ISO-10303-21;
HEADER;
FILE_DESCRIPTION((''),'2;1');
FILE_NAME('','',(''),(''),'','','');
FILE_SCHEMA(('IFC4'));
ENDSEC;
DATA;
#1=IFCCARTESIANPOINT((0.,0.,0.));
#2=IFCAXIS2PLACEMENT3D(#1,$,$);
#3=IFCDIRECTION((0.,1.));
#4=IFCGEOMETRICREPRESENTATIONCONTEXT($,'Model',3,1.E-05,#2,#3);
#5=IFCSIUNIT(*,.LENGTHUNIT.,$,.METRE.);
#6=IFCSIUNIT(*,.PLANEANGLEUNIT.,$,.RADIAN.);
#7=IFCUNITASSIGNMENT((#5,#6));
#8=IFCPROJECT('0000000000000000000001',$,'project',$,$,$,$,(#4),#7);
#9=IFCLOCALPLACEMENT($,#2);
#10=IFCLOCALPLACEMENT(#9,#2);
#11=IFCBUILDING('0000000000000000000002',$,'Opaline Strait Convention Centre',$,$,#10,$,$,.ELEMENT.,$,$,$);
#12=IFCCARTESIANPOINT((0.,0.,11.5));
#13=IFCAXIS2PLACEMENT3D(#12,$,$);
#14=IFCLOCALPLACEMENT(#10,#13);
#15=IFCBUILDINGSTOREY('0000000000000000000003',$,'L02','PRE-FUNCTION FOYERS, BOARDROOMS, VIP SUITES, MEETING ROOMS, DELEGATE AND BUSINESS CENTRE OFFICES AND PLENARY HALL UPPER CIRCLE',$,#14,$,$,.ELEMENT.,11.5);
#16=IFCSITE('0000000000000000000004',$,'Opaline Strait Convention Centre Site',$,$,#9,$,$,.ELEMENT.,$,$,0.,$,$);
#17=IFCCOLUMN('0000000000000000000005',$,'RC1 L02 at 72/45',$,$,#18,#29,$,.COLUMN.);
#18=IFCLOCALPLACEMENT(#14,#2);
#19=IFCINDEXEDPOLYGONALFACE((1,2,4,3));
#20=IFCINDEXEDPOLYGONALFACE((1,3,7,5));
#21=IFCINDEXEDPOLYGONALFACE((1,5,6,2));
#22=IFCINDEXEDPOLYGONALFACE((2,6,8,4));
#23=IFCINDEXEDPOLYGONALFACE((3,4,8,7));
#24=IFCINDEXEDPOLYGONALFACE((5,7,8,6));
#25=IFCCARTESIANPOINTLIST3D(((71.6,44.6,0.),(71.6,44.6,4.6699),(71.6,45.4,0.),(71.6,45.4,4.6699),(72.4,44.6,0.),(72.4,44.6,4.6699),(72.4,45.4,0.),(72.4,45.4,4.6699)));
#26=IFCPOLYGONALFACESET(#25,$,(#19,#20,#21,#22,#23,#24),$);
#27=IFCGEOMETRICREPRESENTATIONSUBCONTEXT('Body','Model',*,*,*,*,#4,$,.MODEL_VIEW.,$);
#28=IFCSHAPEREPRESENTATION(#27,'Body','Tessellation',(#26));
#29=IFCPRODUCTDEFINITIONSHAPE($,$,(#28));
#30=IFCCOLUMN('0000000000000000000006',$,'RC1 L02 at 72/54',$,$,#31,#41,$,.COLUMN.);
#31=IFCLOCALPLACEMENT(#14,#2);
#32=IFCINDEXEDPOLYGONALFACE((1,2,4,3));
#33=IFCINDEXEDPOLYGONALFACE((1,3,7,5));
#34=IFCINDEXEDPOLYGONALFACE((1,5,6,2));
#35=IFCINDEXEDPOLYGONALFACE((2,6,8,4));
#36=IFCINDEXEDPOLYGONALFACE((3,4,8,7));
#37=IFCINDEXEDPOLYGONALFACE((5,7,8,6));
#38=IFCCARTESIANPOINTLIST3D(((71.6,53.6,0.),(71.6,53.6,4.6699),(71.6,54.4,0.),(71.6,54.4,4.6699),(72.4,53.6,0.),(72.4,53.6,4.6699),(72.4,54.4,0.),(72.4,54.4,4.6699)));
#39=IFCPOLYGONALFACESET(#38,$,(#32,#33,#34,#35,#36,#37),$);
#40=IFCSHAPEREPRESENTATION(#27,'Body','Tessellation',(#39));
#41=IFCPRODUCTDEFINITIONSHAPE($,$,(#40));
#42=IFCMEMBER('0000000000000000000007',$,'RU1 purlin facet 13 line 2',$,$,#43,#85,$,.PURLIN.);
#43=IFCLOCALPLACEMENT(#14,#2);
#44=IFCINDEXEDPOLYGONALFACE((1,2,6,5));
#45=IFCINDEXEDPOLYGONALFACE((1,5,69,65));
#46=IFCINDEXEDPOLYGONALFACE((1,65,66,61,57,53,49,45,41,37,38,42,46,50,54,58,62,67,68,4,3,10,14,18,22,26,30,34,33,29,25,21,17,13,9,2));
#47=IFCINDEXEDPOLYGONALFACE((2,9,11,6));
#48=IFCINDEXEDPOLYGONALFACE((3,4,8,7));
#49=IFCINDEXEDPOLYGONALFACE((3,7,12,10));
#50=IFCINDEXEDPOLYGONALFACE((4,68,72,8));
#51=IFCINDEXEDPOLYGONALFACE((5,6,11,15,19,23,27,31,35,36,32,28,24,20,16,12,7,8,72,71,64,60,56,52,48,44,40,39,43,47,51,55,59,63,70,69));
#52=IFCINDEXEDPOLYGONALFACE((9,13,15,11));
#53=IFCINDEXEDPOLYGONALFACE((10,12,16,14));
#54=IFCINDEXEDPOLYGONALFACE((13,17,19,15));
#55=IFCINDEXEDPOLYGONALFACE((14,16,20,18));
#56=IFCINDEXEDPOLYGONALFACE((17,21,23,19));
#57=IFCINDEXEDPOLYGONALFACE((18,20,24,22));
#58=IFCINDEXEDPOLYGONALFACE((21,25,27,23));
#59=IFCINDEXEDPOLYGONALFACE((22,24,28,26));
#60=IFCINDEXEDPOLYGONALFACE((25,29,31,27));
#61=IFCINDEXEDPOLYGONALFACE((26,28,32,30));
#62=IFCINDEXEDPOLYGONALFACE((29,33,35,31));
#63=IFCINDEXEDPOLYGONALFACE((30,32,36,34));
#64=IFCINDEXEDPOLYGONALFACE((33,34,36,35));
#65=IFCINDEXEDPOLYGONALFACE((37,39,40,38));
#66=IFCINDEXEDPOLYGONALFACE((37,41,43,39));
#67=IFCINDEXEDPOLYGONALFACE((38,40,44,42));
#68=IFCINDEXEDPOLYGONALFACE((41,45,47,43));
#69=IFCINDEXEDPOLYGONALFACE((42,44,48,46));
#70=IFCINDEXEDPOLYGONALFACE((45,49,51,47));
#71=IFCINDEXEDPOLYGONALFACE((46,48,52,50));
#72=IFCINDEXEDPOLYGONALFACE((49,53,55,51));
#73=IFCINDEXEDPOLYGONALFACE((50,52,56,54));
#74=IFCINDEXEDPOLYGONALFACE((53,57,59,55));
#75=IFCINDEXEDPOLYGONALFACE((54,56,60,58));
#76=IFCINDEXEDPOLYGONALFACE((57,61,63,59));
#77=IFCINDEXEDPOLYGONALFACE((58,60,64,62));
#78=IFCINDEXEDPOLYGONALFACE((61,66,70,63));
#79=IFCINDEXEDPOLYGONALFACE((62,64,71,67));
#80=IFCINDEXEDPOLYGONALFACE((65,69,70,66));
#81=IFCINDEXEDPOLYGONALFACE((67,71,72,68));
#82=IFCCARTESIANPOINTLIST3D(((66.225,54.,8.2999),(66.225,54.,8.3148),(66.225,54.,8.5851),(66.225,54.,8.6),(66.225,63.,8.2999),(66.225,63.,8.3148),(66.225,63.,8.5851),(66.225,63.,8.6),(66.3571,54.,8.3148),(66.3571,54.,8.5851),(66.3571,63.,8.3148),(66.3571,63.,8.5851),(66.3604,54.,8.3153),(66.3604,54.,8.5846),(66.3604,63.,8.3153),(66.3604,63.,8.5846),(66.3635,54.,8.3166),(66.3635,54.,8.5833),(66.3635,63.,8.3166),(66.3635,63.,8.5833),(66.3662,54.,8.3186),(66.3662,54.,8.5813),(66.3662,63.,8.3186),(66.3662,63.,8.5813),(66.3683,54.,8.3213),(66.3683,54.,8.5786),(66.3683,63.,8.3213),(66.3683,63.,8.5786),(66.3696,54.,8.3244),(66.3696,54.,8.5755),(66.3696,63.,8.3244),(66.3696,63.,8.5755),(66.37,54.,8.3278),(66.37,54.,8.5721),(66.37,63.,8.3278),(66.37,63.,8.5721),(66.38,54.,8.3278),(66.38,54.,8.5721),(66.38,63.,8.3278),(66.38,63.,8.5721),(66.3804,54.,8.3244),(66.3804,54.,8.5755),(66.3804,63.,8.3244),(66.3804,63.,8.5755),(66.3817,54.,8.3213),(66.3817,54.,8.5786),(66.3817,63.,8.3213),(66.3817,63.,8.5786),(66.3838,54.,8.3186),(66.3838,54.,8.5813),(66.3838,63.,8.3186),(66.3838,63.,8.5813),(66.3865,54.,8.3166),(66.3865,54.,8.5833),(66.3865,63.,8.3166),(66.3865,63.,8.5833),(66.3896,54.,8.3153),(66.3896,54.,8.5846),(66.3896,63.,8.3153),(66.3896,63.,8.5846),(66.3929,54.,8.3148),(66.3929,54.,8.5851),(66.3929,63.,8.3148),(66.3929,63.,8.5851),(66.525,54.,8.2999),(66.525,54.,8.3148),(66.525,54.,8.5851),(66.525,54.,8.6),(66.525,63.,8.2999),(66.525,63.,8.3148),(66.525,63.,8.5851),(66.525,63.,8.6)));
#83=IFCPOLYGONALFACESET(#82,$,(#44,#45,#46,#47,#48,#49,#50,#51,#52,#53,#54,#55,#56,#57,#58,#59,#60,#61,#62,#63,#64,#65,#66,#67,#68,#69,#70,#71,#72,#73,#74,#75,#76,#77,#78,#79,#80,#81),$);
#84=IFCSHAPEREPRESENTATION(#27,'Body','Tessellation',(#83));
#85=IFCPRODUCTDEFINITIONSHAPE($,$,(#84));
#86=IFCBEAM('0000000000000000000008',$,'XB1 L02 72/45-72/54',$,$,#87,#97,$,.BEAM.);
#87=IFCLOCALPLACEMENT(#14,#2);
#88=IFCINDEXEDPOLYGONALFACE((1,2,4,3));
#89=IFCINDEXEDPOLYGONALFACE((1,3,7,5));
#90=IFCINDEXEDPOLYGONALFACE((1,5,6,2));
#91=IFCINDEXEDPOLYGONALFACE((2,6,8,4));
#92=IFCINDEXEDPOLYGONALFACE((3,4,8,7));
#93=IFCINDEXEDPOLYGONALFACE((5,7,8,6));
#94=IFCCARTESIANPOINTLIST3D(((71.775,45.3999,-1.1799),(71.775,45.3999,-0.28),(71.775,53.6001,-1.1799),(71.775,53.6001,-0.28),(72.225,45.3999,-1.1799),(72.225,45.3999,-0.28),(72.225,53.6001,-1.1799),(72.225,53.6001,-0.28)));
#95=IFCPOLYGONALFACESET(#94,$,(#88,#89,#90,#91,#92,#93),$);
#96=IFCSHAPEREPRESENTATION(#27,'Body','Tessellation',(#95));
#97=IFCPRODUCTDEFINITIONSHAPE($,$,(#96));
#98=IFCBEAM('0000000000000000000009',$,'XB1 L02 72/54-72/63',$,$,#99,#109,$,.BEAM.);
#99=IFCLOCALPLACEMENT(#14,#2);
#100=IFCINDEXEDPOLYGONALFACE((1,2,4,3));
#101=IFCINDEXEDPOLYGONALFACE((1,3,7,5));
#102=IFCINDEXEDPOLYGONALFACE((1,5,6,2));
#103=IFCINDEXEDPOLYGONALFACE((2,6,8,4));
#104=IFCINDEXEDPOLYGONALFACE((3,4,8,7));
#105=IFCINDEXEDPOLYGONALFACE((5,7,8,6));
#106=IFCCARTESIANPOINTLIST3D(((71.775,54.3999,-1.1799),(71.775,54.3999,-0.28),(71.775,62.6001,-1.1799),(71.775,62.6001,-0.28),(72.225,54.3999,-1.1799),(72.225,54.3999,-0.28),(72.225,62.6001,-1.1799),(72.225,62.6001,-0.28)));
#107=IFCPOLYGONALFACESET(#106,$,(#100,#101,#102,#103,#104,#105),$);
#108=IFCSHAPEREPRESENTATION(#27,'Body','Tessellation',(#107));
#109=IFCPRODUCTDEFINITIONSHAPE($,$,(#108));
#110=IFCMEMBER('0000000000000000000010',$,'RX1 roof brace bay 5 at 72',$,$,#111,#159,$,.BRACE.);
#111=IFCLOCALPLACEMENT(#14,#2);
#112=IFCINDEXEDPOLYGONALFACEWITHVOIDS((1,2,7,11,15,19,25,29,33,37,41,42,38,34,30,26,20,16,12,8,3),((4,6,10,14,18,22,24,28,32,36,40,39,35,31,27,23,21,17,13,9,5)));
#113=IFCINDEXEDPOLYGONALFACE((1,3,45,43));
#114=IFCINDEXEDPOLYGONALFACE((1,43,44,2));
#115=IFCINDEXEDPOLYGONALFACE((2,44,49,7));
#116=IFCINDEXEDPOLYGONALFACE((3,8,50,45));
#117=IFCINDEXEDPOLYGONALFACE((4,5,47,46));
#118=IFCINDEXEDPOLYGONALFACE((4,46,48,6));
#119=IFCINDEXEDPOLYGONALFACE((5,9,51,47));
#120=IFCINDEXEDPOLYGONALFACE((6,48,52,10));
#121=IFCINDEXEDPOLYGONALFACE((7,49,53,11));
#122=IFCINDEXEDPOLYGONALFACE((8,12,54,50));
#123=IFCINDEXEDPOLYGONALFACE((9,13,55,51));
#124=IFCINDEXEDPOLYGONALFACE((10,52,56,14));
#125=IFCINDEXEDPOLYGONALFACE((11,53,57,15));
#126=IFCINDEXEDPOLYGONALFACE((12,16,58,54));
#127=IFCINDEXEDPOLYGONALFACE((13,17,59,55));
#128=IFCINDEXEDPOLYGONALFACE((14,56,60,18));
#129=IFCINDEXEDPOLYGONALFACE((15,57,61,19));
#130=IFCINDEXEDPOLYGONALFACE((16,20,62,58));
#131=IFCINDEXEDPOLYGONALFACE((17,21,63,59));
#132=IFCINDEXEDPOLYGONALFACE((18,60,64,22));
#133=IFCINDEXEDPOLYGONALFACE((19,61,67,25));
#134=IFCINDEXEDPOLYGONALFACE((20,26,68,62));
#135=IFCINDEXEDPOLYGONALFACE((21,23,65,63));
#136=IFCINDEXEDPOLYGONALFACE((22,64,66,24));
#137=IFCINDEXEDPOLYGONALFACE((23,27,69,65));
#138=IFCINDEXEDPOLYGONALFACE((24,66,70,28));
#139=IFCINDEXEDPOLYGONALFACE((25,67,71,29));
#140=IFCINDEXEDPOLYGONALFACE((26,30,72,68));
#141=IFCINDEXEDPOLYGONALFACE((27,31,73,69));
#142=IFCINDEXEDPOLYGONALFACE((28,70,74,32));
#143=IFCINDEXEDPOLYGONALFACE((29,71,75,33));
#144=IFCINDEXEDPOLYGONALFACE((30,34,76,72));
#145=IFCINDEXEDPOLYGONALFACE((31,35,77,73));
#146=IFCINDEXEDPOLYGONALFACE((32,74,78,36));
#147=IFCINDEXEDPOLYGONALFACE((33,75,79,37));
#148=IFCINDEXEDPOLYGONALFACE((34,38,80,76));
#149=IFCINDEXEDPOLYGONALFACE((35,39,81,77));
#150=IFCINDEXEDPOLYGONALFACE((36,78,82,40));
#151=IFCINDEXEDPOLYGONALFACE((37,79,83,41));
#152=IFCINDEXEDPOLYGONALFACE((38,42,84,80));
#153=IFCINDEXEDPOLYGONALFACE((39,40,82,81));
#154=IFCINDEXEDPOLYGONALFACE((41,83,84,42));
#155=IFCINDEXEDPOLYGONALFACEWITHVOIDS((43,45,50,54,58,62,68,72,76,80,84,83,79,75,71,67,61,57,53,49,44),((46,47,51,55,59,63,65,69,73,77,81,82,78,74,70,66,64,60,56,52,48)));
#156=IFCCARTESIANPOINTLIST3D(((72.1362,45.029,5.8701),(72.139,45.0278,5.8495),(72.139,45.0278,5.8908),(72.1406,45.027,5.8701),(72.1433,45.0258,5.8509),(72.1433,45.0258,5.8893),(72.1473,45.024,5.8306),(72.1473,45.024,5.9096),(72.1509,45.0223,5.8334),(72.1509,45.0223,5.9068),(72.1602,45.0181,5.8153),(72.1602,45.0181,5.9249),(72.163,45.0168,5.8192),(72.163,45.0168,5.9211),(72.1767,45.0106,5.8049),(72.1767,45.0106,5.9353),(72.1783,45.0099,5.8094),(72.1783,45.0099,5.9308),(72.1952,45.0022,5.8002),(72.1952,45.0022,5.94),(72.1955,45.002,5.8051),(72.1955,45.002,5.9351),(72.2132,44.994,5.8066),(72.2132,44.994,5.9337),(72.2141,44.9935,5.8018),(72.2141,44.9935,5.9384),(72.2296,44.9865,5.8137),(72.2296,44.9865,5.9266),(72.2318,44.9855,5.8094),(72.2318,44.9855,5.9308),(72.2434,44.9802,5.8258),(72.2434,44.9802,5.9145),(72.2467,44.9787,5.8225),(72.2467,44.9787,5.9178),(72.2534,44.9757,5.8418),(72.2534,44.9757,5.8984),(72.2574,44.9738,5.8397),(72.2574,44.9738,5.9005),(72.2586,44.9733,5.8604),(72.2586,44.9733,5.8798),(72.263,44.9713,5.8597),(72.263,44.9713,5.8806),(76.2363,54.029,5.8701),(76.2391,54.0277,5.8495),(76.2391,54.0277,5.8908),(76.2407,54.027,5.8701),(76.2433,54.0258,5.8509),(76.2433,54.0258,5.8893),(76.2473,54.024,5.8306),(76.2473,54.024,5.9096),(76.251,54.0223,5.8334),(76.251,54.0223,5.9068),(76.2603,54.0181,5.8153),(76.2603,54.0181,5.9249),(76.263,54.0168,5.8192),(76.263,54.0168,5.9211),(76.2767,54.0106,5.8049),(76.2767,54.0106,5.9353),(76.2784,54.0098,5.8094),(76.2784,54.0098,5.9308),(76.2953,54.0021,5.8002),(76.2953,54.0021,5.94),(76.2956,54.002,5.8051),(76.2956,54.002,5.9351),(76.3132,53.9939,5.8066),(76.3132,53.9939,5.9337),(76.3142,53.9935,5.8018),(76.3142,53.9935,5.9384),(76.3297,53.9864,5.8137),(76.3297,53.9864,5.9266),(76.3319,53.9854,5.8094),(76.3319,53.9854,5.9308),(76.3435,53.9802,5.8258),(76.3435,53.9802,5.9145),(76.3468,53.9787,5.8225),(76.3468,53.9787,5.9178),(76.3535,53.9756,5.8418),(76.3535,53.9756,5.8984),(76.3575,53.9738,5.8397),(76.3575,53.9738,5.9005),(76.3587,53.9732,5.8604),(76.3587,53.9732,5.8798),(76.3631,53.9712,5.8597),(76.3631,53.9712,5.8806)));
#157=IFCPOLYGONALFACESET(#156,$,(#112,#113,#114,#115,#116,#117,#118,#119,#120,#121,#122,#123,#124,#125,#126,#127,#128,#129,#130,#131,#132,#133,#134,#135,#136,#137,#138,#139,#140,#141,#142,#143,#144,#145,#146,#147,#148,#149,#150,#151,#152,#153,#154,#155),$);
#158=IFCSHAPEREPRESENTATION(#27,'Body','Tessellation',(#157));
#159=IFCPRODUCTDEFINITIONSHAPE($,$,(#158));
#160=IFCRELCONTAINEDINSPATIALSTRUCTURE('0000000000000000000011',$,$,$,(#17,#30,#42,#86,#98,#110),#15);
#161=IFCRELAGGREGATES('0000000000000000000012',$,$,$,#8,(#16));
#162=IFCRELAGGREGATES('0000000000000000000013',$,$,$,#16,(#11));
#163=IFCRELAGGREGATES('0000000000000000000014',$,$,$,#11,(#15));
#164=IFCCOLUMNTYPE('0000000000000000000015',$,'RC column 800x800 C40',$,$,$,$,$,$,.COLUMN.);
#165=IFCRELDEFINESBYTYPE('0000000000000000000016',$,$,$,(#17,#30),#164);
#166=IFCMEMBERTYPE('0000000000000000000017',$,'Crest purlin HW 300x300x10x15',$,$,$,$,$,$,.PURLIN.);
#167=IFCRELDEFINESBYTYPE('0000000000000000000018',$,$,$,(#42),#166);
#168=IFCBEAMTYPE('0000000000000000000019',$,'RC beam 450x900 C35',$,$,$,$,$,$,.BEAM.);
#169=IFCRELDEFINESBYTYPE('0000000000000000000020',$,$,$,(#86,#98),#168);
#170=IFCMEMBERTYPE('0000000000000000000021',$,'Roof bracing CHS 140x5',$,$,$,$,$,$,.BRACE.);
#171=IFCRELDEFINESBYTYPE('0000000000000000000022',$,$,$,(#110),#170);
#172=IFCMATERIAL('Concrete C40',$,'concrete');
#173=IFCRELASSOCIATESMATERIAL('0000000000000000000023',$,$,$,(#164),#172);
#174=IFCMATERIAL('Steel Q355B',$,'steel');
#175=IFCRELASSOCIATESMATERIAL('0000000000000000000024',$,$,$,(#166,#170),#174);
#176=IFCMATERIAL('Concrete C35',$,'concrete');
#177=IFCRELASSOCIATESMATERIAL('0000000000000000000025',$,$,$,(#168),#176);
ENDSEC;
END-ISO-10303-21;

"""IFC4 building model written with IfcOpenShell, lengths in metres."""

from ifc_helpers import new_model, si_unit, direction, frame, origin, origin_2d, place, context, subcontext, project, spatial, rectangle, hollow_circle, i_section, extrude, material, material_profile, profile_set, type_object, element, save


model = new_model("IFC4")

# Units and contexts
model_context = context("Model", 3, precision=1e-05, world=origin(), true_north=direction((0.0, 1.0)))
body_context = subcontext(model_context, "Body", "Model", "MODEL_VIEW")
ifc_project = project(units=[si_unit("LENGTHUNIT", "METRE"), si_unit("PLANEANGLEUNIT", "RADIAN")], contexts=[model_context])

# Site, building, storey
site_placement = place(None, origin())
site = spatial("IfcSite", under=ifc_project, at=site_placement, Name="Opaline Strait Convention Centre Site", CompositionType="ELEMENT", RefElevation=0.0)
building_placement = place(site_placement, origin())
building = spatial("IfcBuilding", under=site, at=building_placement, Name="Opaline Strait Convention Centre", CompositionType="ELEMENT")
storey_placement = place(building_placement, frame((0.0, 0.0, 11.5)))
storey = spatial("IfcBuildingStorey", under=building, at=storey_placement, Name="L02", Description="PRE-FUNCTION FOYERS, BOARDROOMS, VIP SUITES, MEETING ROOMS, DELEGATE AND BUSINESS CENTRE OFFICES AND PLENARY HALL UPPER CIRCLE", CompositionType="ELEMENT", Elevation=11.5)

# Columns
ifc_material_1 = material(Name="Concrete C40", Category="concrete")
ifc_material_profile_1 = material_profile(ifc_material_1, rectangle(XDim=0.8, YDim=0.8, at=origin_2d()), Name="RC 800x800")
ifc_profile_set_1 = profile_set([ifc_material_profile_1], Name="Concrete C40")
column_type = type_object("IfcColumnType", Name="RC column 800x800 C40", PredefinedType="COLUMN", material=ifc_profile_set_1)
for number, where, z_axis, x_axis, name in (
    (1, (72.0, 45.0, 0.0), (0.0, 0.0, 1.0), (1.0, 0.0, 0.0), "RC1 L02 at 72/45"),
    (2, (72.0, 54.0, 0.0), (0.0, 0.0, 1.0), (1.0, 0.0, 0.0), "RC1 L02 at 72/54"),
):
    element("IfcColumn", number, at=place(storey_placement, frame(where, z_axis=z_axis, x_axis=x_axis)), inside=storey, type_object=column_type, Name=name, PredefinedType="COLUMN", context=body_context, shape_type="SweptSolid", body=[
        extrude(rectangle(XDim=0.8, YDim=0.8, at=origin_2d()), origin(), (0.0, 0.0, 1.0), 4.6699),
    ])

# Member
ifc_material_2 = material(Name="Steel Q355B", Category="steel")
ifc_material_profile_2 = material_profile(ifc_material_2, i_section(OverallWidth=0.3, OverallDepth=0.3, WebThickness=0.01, FlangeThickness=0.0149, FilletRadius=0.0129, at=origin_2d()), Name="HW 300x300x10x15")
ifc_profile_set_2 = profile_set([ifc_material_profile_2], Name="Steel Q355B")
member_type_1 = type_object("IfcMemberType", Name="Crest purlin HW 300x300x10x15", PredefinedType="PURLIN", material=ifc_profile_set_2)
member_1_placement = place(storey_placement, frame((66.375, 54.0, 8.45), z_axis=(0.0, 1.0, 0.0), x_axis=(-1.0, 0.0, 0.0)))
element("IfcMember", 3, at=member_1_placement, inside=storey, type_object=member_type_1, Name="RU1 purlin facet 13 line 2", PredefinedType="PURLIN", context=body_context, shape_type="SweptSolid", body=[
    extrude(i_section(OverallWidth=0.3, OverallDepth=0.3, WebThickness=0.01, FlangeThickness=0.0149, FilletRadius=0.0129, at=origin_2d()), origin(), (0.0, 0.0, 1.0), 9.0),
])

# Beams
ifc_material_3 = material(Name="Concrete C35", Category="concrete")
ifc_material_profile_3 = material_profile(ifc_material_3, rectangle(XDim=0.45, YDim=0.8999, at=origin_2d()), Name="RC 450x900")
ifc_profile_set_3 = profile_set([ifc_material_profile_3], Name="Concrete C35")
beam_type = type_object("IfcBeamType", Name="RC beam 450x900 C35", PredefinedType="BEAM", material=ifc_profile_set_3)
for number, where, z_axis, x_axis, name in (
    (4, (72.0, 45.3999, -0.73), (0.0, 1.0, 0.0), (-1.0, 0.0, 0.0), "XB1 L02 72/45-72/54"),
    (5, (72.0, 54.3999, -0.73), (0.0, 1.0, 0.0), (-1.0, 0.0, 0.0), "XB1 L02 72/54-72/63"),
):
    element("IfcBeam", number, at=place(storey_placement, frame(where, z_axis=z_axis, x_axis=x_axis)), inside=storey, type_object=beam_type, Name=name, PredefinedType="BEAM", context=body_context, shape_type="SweptSolid", body=[
        extrude(rectangle(XDim=0.45, YDim=0.8999, at=origin_2d()), origin(), (0.0, 0.0, 1.0), 8.2002),
    ])

# Member
ifc_material_profile_4 = material_profile(ifc_material_2, hollow_circle(Radius=0.0701, WallThickness=0.0049, at=origin_2d()), Name="CHS 140x5")
ifc_profile_set_4 = profile_set([ifc_material_profile_4], Name="Steel Q355B")
member_type_2 = type_object("IfcMemberType", Name="Roof bracing CHS 140x5", PredefinedType="BRACE", material=ifc_profile_set_4)
for number, where, z_axis, x_axis, name in (
    (6, (72.2, 45.0, 5.8701), (0.414573, 0.910016, 0.0), (-0.910016, 0.414573, 0.0), "RX1 roof brace bay 5 at 72"),
):
    element("IfcMember", number, at=place(storey_placement, frame(where, z_axis=z_axis, x_axis=x_axis)), inside=storey, type_object=member_type_2, Name=name, PredefinedType="BRACE", context=body_context, shape_type="SweptSolid", body=[
        extrude(hollow_circle(Radius=0.0701, WallThickness=0.0049, at=origin_2d()), origin(), (0.0, 0.0, 1.0), 9.8899),
    ])

save(model, "model.ifc")
